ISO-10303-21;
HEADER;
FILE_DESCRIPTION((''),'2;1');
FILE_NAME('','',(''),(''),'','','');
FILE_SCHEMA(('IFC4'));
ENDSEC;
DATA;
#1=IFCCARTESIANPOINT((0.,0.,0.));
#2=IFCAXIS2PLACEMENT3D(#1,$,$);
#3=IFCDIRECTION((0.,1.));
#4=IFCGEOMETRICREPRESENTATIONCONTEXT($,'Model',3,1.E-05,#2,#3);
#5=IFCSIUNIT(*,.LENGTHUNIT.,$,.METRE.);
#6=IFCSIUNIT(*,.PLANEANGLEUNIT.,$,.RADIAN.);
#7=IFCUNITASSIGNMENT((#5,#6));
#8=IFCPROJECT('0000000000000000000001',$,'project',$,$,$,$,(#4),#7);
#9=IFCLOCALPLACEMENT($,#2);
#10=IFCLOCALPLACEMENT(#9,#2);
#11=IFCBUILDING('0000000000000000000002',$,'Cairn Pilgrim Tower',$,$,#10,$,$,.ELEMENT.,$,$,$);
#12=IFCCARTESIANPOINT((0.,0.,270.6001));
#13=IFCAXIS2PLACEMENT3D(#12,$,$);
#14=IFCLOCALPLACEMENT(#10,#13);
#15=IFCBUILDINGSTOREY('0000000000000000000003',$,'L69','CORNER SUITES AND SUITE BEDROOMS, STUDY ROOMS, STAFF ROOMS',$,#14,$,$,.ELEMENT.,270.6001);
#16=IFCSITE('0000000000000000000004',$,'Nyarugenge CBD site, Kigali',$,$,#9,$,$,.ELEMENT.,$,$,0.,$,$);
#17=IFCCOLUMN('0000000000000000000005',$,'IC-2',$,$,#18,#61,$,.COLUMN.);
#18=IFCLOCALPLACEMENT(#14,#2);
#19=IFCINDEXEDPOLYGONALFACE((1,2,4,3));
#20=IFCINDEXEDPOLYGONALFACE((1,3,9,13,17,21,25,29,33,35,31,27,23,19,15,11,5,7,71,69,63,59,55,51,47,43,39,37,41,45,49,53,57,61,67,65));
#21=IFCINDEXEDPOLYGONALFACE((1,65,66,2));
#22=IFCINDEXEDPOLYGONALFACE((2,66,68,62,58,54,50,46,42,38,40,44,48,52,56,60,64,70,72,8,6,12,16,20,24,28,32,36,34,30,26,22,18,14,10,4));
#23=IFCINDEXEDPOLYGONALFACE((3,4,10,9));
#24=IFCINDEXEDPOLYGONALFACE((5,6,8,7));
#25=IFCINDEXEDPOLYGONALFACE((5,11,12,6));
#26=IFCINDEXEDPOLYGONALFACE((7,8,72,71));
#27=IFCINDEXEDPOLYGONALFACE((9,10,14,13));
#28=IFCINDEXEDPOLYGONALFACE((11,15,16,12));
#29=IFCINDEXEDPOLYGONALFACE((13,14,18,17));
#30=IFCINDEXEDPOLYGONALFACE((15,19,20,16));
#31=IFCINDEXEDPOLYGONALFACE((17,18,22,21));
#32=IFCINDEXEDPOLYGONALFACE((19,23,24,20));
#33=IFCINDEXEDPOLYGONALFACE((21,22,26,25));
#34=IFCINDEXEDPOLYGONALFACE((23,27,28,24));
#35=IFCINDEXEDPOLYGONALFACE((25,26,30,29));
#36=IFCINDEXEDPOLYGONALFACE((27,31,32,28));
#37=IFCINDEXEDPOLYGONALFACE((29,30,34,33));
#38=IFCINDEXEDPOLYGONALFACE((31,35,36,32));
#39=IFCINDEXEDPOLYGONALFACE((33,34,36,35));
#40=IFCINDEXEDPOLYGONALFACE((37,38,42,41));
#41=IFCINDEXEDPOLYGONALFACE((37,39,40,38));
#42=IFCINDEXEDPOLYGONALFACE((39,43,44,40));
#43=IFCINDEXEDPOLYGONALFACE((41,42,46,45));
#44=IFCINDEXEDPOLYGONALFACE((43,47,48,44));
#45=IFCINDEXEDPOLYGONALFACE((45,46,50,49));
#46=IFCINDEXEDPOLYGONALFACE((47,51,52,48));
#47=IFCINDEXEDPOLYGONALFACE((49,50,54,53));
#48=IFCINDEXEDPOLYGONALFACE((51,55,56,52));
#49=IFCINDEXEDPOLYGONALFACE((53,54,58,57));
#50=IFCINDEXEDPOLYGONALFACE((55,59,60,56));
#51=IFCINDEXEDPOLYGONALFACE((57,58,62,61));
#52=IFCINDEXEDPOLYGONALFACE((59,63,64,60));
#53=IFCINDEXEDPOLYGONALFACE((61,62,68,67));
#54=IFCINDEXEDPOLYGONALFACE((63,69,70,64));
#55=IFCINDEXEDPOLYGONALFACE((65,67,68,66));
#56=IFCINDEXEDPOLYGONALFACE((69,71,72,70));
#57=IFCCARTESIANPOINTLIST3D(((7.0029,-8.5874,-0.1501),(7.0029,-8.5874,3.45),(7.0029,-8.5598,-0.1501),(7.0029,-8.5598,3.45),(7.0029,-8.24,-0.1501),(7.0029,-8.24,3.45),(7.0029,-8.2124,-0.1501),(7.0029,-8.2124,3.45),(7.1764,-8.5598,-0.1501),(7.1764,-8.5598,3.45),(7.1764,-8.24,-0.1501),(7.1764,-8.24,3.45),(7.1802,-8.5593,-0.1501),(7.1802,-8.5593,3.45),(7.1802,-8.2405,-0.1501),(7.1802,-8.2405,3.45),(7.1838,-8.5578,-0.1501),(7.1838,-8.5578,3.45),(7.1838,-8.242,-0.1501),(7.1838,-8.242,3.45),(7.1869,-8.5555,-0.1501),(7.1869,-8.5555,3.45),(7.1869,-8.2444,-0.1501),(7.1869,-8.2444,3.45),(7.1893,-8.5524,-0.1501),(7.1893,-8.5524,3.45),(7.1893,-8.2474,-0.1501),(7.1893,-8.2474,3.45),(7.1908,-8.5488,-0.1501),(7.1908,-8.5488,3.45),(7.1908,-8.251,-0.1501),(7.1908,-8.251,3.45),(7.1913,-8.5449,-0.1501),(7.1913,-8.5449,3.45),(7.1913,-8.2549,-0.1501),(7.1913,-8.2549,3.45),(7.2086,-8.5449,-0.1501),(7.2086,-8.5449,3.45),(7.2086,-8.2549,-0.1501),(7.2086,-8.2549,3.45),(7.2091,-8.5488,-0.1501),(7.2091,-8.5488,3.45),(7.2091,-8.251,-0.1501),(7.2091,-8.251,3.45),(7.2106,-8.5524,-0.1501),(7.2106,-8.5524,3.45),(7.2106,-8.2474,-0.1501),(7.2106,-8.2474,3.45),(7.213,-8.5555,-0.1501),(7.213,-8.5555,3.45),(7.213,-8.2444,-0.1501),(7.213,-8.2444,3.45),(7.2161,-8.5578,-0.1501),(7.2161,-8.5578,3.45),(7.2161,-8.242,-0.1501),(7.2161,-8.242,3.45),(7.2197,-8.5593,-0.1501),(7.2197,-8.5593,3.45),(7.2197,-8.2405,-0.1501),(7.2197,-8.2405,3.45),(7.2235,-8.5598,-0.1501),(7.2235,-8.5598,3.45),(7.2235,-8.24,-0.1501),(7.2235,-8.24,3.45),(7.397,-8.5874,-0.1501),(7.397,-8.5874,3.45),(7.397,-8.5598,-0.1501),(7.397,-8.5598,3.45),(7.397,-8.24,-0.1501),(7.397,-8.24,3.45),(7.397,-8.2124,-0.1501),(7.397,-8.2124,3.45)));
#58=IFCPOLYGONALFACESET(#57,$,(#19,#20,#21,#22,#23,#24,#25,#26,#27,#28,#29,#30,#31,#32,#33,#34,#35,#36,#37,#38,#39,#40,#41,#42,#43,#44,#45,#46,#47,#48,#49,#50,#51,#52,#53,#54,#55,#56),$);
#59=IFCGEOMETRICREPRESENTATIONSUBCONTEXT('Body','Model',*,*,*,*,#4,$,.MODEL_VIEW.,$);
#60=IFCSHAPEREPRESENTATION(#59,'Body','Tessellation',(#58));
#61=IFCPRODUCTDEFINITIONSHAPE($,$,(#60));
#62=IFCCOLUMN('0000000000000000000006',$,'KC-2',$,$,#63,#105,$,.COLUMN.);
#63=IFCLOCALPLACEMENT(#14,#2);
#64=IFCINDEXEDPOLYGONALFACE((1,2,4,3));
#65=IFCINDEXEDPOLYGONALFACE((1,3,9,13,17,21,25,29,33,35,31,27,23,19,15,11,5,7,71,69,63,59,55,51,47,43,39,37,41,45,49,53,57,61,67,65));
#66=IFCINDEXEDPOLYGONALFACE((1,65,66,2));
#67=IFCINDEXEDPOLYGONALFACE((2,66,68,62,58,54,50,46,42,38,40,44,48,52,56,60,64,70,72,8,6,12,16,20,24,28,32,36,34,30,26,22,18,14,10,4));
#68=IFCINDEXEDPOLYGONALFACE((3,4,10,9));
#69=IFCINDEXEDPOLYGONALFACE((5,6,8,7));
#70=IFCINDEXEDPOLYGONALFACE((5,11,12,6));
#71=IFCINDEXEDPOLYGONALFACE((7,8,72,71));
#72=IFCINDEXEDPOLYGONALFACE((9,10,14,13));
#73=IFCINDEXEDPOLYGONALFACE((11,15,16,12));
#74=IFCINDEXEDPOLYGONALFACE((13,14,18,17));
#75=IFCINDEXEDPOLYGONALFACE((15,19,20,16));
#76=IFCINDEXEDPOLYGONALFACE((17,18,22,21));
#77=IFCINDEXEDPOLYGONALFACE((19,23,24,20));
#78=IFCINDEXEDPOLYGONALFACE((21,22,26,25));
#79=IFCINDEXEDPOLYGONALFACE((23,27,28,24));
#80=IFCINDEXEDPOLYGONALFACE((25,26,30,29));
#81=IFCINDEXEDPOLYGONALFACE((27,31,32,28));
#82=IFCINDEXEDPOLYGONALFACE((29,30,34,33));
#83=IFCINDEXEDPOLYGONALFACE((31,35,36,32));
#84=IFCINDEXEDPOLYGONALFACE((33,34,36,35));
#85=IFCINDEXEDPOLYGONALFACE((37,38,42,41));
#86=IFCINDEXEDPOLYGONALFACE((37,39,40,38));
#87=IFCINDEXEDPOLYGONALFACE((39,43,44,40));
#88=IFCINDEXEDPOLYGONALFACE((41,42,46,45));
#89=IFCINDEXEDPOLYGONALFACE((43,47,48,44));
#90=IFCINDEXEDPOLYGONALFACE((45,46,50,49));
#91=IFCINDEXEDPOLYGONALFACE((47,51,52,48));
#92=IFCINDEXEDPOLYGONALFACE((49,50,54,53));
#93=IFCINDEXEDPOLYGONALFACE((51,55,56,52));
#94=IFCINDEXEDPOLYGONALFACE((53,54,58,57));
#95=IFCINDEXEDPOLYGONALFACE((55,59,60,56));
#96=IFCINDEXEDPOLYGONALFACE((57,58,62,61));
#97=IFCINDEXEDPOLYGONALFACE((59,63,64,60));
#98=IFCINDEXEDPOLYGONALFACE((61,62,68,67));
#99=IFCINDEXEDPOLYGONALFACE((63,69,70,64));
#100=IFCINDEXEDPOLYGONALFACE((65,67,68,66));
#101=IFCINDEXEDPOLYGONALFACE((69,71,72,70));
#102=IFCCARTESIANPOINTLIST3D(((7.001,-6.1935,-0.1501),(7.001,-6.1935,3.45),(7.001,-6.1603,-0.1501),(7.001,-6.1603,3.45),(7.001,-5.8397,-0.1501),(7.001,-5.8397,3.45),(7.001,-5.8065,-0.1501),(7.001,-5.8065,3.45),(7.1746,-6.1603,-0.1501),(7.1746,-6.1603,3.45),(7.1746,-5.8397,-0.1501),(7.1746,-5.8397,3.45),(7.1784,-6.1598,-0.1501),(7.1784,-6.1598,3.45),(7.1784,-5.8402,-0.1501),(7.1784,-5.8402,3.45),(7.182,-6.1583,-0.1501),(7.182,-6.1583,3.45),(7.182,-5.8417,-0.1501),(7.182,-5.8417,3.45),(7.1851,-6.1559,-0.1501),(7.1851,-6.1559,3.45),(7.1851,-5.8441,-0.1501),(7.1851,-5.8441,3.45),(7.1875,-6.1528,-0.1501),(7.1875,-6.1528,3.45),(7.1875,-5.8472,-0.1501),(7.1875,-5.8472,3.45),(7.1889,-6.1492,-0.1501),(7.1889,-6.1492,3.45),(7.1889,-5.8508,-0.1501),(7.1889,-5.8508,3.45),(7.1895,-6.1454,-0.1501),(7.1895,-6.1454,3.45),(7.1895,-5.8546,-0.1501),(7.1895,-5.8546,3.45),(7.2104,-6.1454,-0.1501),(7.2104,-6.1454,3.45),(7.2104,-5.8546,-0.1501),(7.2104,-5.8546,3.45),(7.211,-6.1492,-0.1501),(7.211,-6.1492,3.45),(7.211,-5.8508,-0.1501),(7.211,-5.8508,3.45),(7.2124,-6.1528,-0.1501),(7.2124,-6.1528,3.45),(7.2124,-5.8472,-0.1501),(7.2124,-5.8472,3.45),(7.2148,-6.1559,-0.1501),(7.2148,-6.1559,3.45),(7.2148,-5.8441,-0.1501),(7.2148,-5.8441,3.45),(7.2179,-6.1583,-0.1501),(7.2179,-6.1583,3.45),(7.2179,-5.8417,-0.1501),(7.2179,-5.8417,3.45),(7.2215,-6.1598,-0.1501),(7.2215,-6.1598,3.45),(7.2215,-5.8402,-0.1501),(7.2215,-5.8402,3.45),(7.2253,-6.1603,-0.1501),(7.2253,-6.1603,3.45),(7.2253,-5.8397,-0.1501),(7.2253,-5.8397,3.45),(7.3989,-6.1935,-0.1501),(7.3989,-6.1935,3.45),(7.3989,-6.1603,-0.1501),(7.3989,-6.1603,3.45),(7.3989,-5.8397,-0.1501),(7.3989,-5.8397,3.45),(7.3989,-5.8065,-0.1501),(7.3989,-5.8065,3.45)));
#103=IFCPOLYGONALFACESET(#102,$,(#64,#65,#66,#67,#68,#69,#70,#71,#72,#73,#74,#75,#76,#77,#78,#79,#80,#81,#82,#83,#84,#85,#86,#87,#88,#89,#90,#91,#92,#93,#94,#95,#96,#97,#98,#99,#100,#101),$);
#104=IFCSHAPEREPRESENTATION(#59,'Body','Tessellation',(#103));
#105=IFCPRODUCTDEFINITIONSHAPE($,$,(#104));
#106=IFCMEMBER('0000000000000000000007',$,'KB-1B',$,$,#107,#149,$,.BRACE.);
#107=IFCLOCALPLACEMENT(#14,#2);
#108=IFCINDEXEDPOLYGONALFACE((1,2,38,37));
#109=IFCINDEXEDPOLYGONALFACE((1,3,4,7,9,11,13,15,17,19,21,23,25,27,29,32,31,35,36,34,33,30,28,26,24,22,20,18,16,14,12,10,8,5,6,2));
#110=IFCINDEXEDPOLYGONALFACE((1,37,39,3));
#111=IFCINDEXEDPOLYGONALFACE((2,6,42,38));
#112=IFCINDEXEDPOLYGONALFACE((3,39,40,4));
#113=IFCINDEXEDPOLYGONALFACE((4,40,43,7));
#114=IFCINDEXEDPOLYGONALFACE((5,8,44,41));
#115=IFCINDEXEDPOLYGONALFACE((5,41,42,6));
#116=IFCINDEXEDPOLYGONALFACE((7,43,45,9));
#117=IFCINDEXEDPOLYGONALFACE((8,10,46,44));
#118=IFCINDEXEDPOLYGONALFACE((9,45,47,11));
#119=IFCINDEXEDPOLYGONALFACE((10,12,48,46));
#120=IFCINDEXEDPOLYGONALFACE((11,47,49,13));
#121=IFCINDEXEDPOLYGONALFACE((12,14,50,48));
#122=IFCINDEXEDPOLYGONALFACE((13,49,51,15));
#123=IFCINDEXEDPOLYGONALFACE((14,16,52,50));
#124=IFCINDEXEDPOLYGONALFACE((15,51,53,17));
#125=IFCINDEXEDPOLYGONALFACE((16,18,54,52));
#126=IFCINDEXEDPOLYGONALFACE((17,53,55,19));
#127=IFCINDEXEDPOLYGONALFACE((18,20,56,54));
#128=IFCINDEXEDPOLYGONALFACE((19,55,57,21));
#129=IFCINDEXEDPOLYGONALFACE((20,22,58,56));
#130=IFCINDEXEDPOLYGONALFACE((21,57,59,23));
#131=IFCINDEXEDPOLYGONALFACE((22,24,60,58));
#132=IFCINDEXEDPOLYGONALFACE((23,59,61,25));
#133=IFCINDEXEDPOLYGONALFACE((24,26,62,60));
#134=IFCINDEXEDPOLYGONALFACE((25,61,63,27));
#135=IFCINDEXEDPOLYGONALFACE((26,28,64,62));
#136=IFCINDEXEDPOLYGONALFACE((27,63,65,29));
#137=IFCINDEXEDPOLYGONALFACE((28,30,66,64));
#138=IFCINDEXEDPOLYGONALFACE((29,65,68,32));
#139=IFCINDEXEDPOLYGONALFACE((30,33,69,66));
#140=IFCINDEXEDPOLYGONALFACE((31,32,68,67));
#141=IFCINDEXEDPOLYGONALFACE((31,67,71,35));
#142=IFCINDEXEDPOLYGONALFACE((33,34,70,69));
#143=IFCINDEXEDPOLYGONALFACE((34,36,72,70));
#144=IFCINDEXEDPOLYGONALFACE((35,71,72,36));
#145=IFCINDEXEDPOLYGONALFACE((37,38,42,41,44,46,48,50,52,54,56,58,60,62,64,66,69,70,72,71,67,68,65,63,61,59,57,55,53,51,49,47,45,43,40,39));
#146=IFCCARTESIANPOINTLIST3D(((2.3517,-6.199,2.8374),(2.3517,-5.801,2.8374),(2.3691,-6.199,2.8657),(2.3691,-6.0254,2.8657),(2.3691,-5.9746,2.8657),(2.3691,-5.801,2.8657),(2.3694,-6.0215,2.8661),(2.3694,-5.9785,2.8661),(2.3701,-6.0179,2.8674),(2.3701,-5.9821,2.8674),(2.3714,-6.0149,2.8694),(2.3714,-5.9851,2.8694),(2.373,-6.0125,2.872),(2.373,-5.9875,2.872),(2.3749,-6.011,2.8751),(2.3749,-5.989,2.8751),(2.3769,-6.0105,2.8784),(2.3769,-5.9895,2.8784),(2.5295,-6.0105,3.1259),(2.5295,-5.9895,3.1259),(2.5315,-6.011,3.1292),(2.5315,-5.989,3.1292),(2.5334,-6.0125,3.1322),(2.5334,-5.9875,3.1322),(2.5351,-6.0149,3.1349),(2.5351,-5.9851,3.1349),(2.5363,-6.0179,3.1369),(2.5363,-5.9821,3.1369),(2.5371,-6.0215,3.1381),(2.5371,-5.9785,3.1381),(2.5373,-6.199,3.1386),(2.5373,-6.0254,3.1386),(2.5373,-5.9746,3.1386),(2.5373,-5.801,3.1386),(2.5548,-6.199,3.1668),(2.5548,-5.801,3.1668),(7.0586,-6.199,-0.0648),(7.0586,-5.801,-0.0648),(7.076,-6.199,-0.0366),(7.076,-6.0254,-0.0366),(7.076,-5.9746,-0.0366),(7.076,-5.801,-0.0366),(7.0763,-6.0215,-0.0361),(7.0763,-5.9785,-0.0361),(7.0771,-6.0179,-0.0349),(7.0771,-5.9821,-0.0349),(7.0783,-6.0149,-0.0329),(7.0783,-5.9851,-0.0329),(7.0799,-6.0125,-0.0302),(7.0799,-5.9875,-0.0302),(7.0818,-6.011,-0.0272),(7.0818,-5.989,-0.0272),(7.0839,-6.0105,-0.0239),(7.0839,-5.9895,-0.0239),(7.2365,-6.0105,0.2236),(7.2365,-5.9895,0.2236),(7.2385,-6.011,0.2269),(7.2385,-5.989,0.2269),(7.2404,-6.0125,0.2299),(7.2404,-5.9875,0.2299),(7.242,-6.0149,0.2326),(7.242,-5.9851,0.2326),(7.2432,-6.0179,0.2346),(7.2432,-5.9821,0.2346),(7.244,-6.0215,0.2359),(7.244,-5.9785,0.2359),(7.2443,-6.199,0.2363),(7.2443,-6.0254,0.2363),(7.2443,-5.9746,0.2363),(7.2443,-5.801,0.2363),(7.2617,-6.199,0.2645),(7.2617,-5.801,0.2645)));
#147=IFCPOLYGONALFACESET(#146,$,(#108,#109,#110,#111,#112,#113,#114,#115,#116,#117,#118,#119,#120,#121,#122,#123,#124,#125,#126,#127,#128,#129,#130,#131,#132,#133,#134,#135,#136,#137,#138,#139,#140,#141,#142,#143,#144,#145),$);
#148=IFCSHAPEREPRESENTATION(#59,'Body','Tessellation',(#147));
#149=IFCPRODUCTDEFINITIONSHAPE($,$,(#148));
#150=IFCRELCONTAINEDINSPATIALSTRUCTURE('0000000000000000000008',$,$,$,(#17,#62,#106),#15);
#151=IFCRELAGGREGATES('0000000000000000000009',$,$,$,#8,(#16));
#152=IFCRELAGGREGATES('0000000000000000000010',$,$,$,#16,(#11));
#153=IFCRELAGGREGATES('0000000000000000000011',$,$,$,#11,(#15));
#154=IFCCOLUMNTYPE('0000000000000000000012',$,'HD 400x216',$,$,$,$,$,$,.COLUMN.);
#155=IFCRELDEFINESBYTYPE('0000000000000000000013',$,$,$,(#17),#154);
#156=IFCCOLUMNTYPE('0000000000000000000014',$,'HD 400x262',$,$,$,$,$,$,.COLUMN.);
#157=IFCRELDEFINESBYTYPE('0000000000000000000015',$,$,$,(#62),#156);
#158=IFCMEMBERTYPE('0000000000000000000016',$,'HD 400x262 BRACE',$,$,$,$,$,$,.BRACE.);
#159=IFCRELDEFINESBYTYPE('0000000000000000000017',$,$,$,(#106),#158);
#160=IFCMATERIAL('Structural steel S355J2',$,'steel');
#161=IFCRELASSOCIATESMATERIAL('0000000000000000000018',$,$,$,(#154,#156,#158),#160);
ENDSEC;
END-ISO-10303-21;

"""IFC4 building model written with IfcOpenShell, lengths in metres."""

from ifc_helpers import new_model, si_unit, direction, frame, origin, origin_2d, place, context, subcontext, project, spatial, i_section, extrude, material, material_profile, profile_set, type_object, element, save


model = new_model("IFC4")

# Units and contexts
model_context = context("Model", 3, precision=1e-05, world=origin(), true_north=direction((0.0, 1.0)))
body_context = subcontext(model_context, "Body", "Model", "MODEL_VIEW")
ifc_project = project(units=[si_unit("LENGTHUNIT", "METRE"), si_unit("PLANEANGLEUNIT", "RADIAN")], contexts=[model_context])

# Site, building, storey
site_placement = place(None, origin())
site = spatial("IfcSite", under=ifc_project, at=site_placement, Name="Nyarugenge CBD site, Kigali", CompositionType="ELEMENT", RefElevation=0.0)
building_placement = place(site_placement, origin())
building = spatial("IfcBuilding", under=site, at=building_placement, Name="Cairn Pilgrim Tower", CompositionType="ELEMENT")
storey_placement = place(building_placement, frame((0.0, 0.0, 270.6001)))
storey = spatial("IfcBuildingStorey", under=building, at=storey_placement, Name="L69", Description="CORNER SUITES AND SUITE BEDROOMS, STUDY ROOMS, STAFF ROOMS", CompositionType="ELEMENT", Elevation=270.6001)

# Columns
ifc_material_1 = material(Name="Structural steel S355J2", Category="steel")
ifc_material_profile_1 = material_profile(ifc_material_1, i_section(OverallWidth=0.394, OverallDepth=0.375, WebThickness=0.0173, FlangeThickness=0.0276, FilletRadius=0.0149, at=origin_2d()), Name="HD 400x216")
ifc_profile_set_1 = profile_set([ifc_material_profile_1], Name="Structural steel S355J2")
column_type_1 = type_object("IfcColumnType", Name="HD 400x216", PredefinedType="COLUMN", material=ifc_profile_set_1)
column_1_placement = place(storey_placement, frame((7.2, -8.3999, -0.1501), z_axis=(0.0, 0.0, 1.0), x_axis=(1.0, 0.0, 0.0)))
element("IfcColumn", 1, at=column_1_placement, inside=storey, type_object=column_type_1, Name="IC-2", PredefinedType="COLUMN", context=body_context, shape_type="SweptSolid", body=[
    extrude(i_section(OverallWidth=0.394, OverallDepth=0.375, WebThickness=0.0173, FlangeThickness=0.0276, FilletRadius=0.0149, at=origin_2d()), origin(), (0.0, 0.0, 1.0), 3.6001),
])
ifc_material_profile_2 = material_profile(ifc_material_1, i_section(OverallWidth=0.3979, OverallDepth=0.387, WebThickness=0.021, FlangeThickness=0.0332, FilletRadius=0.0149, at=origin_2d()), Name="HD 400x262")
ifc_profile_set_2 = profile_set([ifc_material_profile_2], Name="Structural steel S355J2")
column_type_2 = type_object("IfcColumnType", Name="HD 400x262", PredefinedType="COLUMN", material=ifc_profile_set_2)
column_2_placement = place(storey_placement, frame((7.2, -6.0, -0.1501), z_axis=(0.0, 0.0, 1.0), x_axis=(1.0, 0.0, 0.0)))
element("IfcColumn", 2, at=column_2_placement, inside=storey, type_object=column_type_2, Name="KC-2", PredefinedType="COLUMN", context=body_context, shape_type="SweptSolid", body=[
    extrude(i_section(OverallWidth=0.3979, OverallDepth=0.387, WebThickness=0.021, FlangeThickness=0.0332, FilletRadius=0.0149, at=origin_2d()), origin(), (0.0, 0.0, 1.0), 3.6001),
])

# Member
ifc_material_profile_3 = material_profile(ifc_material_1, i_section(OverallWidth=0.3979, OverallDepth=0.387, WebThickness=0.021, FlangeThickness=0.0332, FilletRadius=0.0149, at=origin_2d()), Name="HD 400x262")
ifc_profile_set_3 = profile_set([ifc_material_profile_3], Name="Structural steel S355J2")
member_type = type_object("IfcMemberType", Name="HD 400x262 BRACE", PredefinedType="BRACE", material=ifc_profile_set_3)
member_placement = place(storey_placement, frame((7.1602, -6.0, 0.0999), z_axis=(-0.851197, 0.0, 0.524846), x_axis=(0.0, -1.0, 0.0)))
element("IfcMember", 3, at=member_placement, inside=storey, type_object=member_type, Name="KB-1B", PredefinedType="BRACE", context=body_context, shape_type="SweptSolid", body=[
    extrude(i_section(OverallWidth=0.3979, OverallDepth=0.387, WebThickness=0.021, FlangeThickness=0.0332, FilletRadius=0.0149, at=origin_2d()), origin(), (0.0, 0.0, 1.0), 5.5298),
])

save(model, "model.ifc")
